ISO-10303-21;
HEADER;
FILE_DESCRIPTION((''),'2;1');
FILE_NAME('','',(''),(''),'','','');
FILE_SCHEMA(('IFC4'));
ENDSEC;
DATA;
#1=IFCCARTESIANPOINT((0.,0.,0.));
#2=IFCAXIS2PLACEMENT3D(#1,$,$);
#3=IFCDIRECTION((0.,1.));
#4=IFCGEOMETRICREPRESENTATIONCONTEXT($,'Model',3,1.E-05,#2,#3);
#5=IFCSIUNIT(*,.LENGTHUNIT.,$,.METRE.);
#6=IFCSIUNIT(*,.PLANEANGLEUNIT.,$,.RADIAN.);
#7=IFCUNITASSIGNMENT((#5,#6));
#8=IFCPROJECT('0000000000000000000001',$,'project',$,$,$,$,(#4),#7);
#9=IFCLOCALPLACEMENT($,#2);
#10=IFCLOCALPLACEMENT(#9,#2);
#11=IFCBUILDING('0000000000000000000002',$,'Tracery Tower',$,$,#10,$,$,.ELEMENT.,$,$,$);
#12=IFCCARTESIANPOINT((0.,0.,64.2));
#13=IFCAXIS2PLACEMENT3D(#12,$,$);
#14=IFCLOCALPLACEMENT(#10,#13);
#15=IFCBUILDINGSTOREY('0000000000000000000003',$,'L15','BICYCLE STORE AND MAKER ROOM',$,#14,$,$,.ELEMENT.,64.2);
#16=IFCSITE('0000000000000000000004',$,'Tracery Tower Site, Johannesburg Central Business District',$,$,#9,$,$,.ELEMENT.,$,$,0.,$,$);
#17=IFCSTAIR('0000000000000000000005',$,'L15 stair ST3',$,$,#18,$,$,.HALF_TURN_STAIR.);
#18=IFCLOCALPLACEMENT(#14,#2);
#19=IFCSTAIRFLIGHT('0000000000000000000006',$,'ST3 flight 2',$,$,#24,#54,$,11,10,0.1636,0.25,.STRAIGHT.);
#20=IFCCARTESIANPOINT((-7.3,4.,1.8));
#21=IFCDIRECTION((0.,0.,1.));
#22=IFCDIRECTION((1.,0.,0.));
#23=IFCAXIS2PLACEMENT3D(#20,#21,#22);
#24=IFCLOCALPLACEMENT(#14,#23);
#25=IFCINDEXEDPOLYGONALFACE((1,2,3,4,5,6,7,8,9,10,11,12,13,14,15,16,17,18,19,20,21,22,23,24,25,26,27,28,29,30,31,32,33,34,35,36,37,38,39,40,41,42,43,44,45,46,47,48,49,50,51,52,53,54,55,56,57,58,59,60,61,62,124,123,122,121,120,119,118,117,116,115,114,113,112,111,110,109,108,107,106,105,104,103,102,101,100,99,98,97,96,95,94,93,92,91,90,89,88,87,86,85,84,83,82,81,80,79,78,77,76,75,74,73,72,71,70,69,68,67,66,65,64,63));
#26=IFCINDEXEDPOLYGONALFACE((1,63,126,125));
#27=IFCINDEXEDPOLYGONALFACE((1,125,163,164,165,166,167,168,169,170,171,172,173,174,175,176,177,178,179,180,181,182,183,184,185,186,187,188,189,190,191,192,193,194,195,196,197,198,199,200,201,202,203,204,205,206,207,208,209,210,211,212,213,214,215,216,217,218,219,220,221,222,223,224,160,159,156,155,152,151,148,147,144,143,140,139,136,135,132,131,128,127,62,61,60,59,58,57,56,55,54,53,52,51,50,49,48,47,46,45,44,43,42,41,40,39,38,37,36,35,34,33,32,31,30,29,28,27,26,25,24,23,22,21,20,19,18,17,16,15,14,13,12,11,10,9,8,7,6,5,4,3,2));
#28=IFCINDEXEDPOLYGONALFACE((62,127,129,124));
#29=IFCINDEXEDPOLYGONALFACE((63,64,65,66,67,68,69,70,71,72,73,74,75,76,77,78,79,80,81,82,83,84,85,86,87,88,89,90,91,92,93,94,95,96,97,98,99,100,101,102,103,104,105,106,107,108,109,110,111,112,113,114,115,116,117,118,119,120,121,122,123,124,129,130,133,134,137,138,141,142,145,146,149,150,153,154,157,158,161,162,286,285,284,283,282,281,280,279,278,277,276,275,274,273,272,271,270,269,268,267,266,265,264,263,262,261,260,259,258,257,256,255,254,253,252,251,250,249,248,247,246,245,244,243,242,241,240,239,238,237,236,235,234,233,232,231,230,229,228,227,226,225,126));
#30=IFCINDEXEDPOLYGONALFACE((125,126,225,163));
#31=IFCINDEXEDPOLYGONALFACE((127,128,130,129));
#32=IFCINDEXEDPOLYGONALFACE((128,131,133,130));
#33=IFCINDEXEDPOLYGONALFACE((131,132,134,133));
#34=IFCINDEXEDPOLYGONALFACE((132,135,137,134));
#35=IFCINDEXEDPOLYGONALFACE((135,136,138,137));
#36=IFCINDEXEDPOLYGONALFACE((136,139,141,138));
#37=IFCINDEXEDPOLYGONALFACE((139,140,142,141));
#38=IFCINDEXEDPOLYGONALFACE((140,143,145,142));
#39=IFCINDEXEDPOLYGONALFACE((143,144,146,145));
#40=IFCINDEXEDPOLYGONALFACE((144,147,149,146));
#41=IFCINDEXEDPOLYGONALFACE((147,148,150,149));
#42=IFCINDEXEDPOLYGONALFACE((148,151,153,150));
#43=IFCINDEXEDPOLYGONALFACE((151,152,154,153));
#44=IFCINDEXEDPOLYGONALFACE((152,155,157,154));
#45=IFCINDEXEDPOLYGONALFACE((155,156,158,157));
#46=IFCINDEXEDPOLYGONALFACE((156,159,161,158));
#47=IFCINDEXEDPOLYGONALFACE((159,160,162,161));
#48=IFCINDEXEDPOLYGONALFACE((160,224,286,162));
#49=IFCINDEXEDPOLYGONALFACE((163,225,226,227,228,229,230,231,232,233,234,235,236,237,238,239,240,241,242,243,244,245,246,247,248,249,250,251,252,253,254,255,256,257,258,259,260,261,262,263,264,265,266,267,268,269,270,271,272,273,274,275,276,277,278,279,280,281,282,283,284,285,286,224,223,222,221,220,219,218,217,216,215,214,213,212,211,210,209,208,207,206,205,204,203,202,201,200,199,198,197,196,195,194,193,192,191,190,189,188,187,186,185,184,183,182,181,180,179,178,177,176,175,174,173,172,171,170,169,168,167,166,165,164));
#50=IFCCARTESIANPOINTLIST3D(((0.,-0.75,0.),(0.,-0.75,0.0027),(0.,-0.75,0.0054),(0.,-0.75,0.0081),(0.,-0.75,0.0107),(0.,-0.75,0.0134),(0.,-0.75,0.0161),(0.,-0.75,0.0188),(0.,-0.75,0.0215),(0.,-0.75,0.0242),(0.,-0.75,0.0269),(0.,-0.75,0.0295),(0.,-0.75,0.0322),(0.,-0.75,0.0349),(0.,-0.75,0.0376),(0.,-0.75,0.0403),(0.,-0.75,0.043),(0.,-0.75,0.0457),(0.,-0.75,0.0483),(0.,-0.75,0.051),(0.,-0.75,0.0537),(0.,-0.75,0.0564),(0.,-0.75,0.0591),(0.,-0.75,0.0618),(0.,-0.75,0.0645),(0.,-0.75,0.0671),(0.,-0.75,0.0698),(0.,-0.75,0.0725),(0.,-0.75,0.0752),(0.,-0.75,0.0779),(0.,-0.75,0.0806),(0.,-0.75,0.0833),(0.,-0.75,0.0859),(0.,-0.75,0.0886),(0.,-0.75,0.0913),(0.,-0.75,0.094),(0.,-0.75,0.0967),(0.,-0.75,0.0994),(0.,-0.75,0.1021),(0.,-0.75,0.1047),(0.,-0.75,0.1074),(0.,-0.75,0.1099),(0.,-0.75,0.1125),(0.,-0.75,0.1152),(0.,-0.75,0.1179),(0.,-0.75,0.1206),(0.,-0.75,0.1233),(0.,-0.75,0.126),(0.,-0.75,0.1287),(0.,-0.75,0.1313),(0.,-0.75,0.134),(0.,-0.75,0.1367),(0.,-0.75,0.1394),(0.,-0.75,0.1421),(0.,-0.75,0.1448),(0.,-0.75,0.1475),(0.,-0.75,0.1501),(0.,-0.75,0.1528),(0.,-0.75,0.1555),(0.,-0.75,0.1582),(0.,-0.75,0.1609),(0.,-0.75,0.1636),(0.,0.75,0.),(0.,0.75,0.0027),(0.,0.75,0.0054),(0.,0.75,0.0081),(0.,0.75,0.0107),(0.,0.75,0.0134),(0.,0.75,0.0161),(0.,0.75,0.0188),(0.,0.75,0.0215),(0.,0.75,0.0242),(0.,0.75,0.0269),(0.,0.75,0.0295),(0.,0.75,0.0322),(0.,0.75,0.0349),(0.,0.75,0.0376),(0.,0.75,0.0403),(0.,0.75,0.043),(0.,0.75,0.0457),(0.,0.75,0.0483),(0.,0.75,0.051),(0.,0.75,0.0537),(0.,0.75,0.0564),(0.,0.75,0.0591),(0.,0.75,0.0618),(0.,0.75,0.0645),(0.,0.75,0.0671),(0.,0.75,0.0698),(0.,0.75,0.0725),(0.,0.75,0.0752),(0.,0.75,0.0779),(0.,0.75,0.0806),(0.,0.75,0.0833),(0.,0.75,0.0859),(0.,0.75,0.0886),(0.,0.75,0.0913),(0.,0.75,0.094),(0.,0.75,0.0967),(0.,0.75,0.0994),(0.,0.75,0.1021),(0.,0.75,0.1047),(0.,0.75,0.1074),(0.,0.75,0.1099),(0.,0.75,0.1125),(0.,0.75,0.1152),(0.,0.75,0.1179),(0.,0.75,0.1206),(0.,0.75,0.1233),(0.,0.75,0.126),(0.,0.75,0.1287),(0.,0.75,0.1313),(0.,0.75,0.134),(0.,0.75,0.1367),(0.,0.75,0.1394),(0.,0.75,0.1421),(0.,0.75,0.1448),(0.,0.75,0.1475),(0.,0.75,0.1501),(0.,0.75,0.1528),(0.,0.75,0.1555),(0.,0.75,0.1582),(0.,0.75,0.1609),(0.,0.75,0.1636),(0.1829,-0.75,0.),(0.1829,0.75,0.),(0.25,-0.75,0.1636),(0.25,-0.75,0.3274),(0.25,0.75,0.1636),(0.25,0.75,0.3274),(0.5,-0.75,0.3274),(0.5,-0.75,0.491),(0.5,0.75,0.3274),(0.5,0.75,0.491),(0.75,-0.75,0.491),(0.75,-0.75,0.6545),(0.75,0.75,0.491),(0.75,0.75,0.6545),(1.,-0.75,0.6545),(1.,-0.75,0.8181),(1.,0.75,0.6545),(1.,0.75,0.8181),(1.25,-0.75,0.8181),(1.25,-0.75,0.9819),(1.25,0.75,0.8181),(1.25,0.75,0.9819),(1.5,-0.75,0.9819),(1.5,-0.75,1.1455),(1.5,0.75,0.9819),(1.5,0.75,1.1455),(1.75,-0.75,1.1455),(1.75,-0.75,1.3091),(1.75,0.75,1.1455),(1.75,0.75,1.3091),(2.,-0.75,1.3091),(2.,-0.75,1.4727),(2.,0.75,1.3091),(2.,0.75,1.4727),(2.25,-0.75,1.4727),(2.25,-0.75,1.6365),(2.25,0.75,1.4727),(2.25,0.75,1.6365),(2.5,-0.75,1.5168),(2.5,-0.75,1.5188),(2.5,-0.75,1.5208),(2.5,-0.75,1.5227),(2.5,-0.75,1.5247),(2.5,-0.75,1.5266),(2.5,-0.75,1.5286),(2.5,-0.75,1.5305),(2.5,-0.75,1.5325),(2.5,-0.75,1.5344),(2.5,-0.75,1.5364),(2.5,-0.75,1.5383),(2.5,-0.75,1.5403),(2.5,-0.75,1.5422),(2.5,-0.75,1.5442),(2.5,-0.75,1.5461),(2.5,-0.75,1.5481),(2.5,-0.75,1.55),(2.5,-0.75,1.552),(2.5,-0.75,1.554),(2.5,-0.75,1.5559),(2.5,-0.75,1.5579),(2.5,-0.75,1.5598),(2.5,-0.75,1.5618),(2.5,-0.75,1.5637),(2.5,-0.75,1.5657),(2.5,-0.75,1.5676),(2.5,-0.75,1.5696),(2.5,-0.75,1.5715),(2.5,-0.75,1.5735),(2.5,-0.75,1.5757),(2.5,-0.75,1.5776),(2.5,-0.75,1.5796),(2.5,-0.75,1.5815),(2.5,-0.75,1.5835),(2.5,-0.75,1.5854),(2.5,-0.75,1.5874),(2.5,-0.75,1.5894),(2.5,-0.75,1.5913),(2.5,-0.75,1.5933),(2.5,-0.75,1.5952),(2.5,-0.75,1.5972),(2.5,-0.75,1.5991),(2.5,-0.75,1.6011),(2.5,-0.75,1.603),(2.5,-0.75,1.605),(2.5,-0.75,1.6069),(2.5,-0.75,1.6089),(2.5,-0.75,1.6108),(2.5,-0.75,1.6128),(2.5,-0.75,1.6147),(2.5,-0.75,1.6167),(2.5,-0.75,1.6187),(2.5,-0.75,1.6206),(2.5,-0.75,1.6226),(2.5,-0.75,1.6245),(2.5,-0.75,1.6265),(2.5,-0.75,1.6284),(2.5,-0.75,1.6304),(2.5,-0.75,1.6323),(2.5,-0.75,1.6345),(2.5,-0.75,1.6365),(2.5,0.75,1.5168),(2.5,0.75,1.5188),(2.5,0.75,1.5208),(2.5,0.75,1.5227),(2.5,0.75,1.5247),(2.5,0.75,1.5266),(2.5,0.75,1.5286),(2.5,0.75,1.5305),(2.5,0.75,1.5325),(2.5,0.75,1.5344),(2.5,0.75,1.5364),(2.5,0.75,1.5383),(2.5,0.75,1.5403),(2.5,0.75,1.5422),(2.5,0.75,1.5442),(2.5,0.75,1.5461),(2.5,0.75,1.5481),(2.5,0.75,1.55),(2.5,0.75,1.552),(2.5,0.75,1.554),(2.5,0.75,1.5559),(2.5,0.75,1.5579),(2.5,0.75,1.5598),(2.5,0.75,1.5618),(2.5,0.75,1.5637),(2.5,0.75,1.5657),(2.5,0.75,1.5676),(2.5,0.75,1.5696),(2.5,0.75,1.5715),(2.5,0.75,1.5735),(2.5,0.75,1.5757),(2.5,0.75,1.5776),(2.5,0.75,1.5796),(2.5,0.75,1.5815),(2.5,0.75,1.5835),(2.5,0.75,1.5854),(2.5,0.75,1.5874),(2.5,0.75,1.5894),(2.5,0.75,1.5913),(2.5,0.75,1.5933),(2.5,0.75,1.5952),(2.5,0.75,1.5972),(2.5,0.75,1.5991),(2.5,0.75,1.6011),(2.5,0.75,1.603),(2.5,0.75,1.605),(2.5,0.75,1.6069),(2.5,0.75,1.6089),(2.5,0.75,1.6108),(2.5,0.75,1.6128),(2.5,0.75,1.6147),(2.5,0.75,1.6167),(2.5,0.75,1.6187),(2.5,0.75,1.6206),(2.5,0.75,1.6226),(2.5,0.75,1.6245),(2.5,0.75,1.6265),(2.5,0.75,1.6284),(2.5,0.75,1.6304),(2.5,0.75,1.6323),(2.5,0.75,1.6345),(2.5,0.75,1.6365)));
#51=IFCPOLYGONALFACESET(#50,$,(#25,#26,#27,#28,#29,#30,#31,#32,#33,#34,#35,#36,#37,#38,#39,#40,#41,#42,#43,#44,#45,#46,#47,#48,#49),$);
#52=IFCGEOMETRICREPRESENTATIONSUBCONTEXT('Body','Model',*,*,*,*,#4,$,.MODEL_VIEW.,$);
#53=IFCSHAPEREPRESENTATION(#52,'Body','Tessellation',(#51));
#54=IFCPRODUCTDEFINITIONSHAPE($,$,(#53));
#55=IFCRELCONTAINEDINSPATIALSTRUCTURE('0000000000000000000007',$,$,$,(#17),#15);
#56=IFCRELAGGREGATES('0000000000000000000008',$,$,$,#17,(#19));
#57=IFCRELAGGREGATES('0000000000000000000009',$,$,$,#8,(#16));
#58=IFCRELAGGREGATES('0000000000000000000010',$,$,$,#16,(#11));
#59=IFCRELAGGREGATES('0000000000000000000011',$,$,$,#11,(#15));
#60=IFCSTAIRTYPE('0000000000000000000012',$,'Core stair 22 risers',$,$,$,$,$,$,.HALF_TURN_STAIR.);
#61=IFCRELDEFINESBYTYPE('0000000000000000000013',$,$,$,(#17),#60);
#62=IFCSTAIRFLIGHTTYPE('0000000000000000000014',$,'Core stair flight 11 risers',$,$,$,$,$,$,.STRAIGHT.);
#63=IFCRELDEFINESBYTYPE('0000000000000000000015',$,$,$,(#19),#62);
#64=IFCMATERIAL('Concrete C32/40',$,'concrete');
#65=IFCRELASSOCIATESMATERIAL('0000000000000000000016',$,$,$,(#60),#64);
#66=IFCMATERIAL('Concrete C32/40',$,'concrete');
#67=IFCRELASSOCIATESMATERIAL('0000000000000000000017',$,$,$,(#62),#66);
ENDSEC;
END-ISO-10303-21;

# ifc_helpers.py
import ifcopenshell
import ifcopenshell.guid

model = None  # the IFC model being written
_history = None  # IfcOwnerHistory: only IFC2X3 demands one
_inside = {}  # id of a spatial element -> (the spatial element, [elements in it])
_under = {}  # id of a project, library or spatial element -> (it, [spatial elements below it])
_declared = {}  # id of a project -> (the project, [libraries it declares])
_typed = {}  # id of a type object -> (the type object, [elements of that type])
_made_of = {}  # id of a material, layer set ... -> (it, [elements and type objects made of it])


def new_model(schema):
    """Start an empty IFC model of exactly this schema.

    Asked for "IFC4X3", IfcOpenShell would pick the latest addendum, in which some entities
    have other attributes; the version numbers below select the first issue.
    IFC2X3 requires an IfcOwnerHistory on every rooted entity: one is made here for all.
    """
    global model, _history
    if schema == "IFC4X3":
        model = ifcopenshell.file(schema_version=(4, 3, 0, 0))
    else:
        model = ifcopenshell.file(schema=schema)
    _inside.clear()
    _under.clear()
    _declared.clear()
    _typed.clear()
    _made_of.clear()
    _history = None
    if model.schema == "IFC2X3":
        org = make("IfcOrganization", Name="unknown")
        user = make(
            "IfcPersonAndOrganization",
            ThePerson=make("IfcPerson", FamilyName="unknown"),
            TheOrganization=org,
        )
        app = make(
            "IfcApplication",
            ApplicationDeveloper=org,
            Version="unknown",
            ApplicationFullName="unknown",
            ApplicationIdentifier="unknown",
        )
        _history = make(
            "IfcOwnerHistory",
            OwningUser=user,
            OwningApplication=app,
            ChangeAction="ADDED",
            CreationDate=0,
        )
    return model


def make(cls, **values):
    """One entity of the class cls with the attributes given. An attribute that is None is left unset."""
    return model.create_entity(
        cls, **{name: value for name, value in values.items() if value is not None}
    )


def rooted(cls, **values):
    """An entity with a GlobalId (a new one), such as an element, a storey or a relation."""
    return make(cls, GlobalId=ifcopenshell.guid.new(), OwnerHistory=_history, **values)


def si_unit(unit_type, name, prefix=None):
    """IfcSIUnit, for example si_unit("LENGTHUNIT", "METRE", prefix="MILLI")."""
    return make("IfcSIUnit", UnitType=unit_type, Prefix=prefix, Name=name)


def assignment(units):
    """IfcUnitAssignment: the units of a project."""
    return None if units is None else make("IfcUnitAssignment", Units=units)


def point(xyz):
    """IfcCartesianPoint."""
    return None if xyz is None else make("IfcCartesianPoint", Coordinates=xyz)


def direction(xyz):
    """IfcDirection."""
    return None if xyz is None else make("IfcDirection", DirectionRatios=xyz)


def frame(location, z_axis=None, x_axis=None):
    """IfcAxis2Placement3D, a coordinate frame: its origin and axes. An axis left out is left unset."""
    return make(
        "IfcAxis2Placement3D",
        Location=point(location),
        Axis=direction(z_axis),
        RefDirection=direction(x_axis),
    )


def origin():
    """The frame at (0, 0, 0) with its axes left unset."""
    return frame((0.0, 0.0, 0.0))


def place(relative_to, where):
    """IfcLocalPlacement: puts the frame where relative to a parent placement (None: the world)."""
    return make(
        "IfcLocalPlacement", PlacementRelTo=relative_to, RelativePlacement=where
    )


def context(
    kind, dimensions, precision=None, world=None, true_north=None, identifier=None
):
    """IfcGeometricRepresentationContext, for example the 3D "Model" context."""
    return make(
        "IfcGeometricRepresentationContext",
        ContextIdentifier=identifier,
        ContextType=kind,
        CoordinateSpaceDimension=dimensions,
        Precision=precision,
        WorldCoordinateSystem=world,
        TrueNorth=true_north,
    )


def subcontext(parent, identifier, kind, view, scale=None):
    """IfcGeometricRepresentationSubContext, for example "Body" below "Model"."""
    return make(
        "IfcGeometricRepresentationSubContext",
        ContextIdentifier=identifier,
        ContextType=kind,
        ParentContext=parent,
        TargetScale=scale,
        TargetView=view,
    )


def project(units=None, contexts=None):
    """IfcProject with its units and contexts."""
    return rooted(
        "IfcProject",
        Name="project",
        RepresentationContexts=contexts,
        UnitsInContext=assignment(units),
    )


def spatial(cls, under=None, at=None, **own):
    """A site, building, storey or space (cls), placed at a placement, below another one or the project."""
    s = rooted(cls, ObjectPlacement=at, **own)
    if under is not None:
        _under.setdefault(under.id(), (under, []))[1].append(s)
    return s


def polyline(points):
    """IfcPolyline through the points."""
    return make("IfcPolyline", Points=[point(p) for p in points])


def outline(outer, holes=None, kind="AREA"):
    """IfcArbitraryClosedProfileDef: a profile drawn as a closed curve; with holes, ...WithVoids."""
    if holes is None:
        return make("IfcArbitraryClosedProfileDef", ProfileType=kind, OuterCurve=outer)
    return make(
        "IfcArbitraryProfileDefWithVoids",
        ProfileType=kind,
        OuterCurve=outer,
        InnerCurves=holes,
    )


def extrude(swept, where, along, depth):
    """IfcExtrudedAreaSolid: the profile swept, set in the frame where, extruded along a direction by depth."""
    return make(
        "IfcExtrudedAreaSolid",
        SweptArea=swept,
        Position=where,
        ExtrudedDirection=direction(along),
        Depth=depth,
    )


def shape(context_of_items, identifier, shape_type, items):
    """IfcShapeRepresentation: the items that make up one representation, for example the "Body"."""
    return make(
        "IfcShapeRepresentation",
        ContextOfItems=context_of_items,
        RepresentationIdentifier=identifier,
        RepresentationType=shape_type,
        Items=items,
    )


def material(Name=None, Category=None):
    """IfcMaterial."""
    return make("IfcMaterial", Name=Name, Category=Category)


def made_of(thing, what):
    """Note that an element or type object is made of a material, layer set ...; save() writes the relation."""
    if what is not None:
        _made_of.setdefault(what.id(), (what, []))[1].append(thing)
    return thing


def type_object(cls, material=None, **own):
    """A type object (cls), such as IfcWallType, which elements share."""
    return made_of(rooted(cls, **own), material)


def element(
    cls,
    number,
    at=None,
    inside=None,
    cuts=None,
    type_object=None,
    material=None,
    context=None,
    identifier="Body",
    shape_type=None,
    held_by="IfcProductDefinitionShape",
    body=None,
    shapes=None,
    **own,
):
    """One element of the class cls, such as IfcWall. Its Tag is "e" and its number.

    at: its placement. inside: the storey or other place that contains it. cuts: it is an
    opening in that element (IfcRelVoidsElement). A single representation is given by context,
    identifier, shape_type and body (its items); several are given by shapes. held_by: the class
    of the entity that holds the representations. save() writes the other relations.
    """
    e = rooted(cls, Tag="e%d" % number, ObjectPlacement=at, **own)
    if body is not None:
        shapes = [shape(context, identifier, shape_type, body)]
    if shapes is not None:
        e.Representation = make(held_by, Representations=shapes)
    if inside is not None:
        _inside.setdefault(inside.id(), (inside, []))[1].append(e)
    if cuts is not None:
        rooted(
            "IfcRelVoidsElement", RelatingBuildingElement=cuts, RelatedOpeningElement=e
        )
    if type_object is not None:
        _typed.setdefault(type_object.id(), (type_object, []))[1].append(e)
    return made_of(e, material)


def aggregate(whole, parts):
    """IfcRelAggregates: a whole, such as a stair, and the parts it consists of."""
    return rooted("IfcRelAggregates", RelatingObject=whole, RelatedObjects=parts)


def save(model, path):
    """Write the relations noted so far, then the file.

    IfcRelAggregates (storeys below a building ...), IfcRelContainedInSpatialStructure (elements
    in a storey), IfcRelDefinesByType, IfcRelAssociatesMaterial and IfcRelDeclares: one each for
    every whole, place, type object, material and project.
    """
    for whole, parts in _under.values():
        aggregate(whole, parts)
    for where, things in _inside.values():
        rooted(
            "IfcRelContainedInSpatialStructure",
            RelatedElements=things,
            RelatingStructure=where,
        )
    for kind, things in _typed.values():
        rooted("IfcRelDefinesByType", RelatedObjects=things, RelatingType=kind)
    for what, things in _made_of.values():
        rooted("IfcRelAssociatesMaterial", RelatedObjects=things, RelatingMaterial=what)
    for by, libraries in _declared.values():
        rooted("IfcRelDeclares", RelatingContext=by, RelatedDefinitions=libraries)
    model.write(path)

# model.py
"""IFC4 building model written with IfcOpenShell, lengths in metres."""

from ifc_helpers import new_model, si_unit, direction, frame, origin, place, context, subcontext, project, spatial, polyline, outline, extrude, material, type_object, element, aggregate, save


model = new_model("IFC4")

# Units and contexts
model_context = context("Model", 3, precision=1e-05, world=origin(), true_north=direction((0.0, 1.0)))
body_context = subcontext(model_context, "Body", "Model", "MODEL_VIEW")
ifc_project = project(units=[si_unit("LENGTHUNIT", "METRE"), si_unit("PLANEANGLEUNIT", "RADIAN")], contexts=[model_context])

# Site, building, storey
site_placement = place(None, origin())
site = spatial("IfcSite", under=ifc_project, at=site_placement, Name="Tracery Tower Site, Johannesburg Central Business District", CompositionType="ELEMENT", RefElevation=0.0)
building_placement = place(site_placement, origin())
building = spatial("IfcBuilding", under=site, at=building_placement, Name="Tracery Tower", CompositionType="ELEMENT")
storey_placement = place(building_placement, frame((0.0, 0.0, 64.2)))
storey = spatial("IfcBuildingStorey", under=building, at=storey_placement, Name="L15", Description="BICYCLE STORE AND MAKER ROOM", CompositionType="ELEMENT", Elevation=64.2)

# Stair, stair flight
ifc_material_1 = material(Name="Concrete C32/40", Category="concrete")
stair_type = type_object("IfcStairType", Name="Core stair 22 risers", PredefinedType="HALF_TURN_STAIR", material=ifc_material_1)
stair_placement = place(storey_placement, origin())
stair = element("IfcStair", 1, at=stair_placement, inside=storey, type_object=stair_type, Name="L15 stair ST3", PredefinedType="HALF_TURN_STAIR")
ifc_material_2 = material(Name="Concrete C32/40", Category="concrete")
stair_flight_type = type_object("IfcStairFlightType", Name="Core stair flight 11 risers", PredefinedType="STRAIGHT", material=ifc_material_2)
stair_flight_1_placement = place(storey_placement, frame((-7.3, 4.0, 1.8), z_axis=(0.0, 0.0, 1.0), x_axis=(1.0, 0.0, 0.0)))
stair_flight_1 = element("IfcStairFlight", 2, at=stair_flight_1_placement, type_object=stair_flight_type, Name="ST3 flight 2", NumberOfRisers=11, NumberOfTreads=10, PredefinedType="STRAIGHT", RiserHeight=0.1636, TreadLength=0.25, context=body_context, shape_type="SweptSolid", body=[
    extrude(outline(polyline([(0.0, 0.0), (0.0, 0.0027), (0.0, 0.0054), (0.0, 0.0081), (0.0, 0.0107), (0.0, 0.0134), (0.0, 0.0161), (0.0, 0.0188), (0.0, 0.0215), (0.0, 0.0242), (0.0, 0.0269), (0.0, 0.0295), (0.0, 0.0322), (0.0, 0.0349), (0.0, 0.0376), (0.0, 0.0403), (0.0, 0.043), (0.0, 0.0457), (0.0, 0.0483), (0.0, 0.051), (0.0, 0.0537), (0.0, 0.0564), (0.0, 0.0591), (0.0, 0.0618), (0.0, 0.0645), (0.0, 0.0671), (0.0, 0.0698), (0.0, 0.0725), (0.0, 0.0752), (0.0, 0.0779), (0.0, 0.0806), (0.0, 0.0833), (0.0, 0.0859), (0.0, 0.0886), (0.0, 0.0913), (0.0, 0.094), (0.0, 0.0967), (0.0, 0.0994), (0.0, 0.1021), (0.0, 0.1047), (0.0, 0.1074), (0.0, 0.1099), (0.0, 0.1125), (0.0, 0.1152), (0.0, 0.1179), (0.0, 0.1206), (0.0, 0.1233), (0.0, 0.126), (0.0, 0.1287), (0.0, 0.1313), (0.0, 0.134), (0.0, 0.1367), (0.0, 0.1394), (0.0, 0.1421), (0.0, 0.1448), (0.0, 0.1475), (0.0, 0.1501), (0.0, 0.1528), (0.0, 0.1555), (0.0, 0.1582), (0.0, 0.1609), (0.0, 0.1636), (0.25, 0.1636), (0.25, 0.3274), (0.5, 0.3274), (0.5, 0.491), (0.75, 0.491), (0.75, 0.6545), (1.0, 0.6545), (1.0, 0.8181), (1.25, 0.8181), (1.25, 0.9819), (1.5, 0.9819), (1.5, 1.1455), (1.75, 1.1455), (1.75, 1.3091), (2.0, 1.3091), (2.0, 1.4727), (2.25, 1.4727), (2.25, 1.6365), (2.5, 1.6365), (2.5, 1.6345), (2.5, 1.6323), (2.5, 1.6304), (2.5, 1.6284), (2.5, 1.6265), (2.5, 1.6245), (2.5, 1.6226), (2.5, 1.6206), (2.5, 1.6187), (2.5, 1.6167), (2.5, 1.6147), (2.5, 1.6128), (2.5, 1.6108), (2.5, 1.6089), (2.5, 1.6069), (2.5, 1.605), (2.5, 1.603), (2.5, 1.6011), (2.5, 1.5991), (2.5, 1.5972), (2.5, 1.5952), (2.5, 1.5933), (2.5, 1.5913), (2.5, 1.5894), (2.5, 1.5874), (2.5, 1.5854), (2.5, 1.5835), (2.5, 1.5815), (2.5, 1.5796), (2.5, 1.5776), (2.5, 1.5757), (2.5, 1.5735), (2.5, 1.5715), (2.5, 1.5696), (2.5, 1.5676), (2.5, 1.5657), (2.5, 1.5637), (2.5, 1.5618), (2.5, 1.5598), (2.5, 1.5579), (2.5, 1.5559), (2.5, 1.554), (2.5, 1.552), (2.5, 1.55), (2.5, 1.5481), (2.5, 1.5461), (2.5, 1.5442), (2.5, 1.5422), (2.5, 1.5403), (2.5, 1.5383), (2.5, 1.5364), (2.5, 1.5344), (2.5, 1.5325), (2.5, 1.5305), (2.5, 1.5286), (2.5, 1.5266), (2.5, 1.5247), (2.5, 1.5227), (2.5, 1.5208), (2.5, 1.5188), (2.5, 1.5168), (0.1829, 0.0), (0.0, 0.0)])), frame((0.0, 0.75, 0.0), z_axis=(0.0, -1.0, 0.0), x_axis=(1.0, 0.0, 0.0)), (0.0, 0.0, 1.0), 1.5),
])
aggregate(stair, [stair_flight_1])

save(model, "model.ifc")
